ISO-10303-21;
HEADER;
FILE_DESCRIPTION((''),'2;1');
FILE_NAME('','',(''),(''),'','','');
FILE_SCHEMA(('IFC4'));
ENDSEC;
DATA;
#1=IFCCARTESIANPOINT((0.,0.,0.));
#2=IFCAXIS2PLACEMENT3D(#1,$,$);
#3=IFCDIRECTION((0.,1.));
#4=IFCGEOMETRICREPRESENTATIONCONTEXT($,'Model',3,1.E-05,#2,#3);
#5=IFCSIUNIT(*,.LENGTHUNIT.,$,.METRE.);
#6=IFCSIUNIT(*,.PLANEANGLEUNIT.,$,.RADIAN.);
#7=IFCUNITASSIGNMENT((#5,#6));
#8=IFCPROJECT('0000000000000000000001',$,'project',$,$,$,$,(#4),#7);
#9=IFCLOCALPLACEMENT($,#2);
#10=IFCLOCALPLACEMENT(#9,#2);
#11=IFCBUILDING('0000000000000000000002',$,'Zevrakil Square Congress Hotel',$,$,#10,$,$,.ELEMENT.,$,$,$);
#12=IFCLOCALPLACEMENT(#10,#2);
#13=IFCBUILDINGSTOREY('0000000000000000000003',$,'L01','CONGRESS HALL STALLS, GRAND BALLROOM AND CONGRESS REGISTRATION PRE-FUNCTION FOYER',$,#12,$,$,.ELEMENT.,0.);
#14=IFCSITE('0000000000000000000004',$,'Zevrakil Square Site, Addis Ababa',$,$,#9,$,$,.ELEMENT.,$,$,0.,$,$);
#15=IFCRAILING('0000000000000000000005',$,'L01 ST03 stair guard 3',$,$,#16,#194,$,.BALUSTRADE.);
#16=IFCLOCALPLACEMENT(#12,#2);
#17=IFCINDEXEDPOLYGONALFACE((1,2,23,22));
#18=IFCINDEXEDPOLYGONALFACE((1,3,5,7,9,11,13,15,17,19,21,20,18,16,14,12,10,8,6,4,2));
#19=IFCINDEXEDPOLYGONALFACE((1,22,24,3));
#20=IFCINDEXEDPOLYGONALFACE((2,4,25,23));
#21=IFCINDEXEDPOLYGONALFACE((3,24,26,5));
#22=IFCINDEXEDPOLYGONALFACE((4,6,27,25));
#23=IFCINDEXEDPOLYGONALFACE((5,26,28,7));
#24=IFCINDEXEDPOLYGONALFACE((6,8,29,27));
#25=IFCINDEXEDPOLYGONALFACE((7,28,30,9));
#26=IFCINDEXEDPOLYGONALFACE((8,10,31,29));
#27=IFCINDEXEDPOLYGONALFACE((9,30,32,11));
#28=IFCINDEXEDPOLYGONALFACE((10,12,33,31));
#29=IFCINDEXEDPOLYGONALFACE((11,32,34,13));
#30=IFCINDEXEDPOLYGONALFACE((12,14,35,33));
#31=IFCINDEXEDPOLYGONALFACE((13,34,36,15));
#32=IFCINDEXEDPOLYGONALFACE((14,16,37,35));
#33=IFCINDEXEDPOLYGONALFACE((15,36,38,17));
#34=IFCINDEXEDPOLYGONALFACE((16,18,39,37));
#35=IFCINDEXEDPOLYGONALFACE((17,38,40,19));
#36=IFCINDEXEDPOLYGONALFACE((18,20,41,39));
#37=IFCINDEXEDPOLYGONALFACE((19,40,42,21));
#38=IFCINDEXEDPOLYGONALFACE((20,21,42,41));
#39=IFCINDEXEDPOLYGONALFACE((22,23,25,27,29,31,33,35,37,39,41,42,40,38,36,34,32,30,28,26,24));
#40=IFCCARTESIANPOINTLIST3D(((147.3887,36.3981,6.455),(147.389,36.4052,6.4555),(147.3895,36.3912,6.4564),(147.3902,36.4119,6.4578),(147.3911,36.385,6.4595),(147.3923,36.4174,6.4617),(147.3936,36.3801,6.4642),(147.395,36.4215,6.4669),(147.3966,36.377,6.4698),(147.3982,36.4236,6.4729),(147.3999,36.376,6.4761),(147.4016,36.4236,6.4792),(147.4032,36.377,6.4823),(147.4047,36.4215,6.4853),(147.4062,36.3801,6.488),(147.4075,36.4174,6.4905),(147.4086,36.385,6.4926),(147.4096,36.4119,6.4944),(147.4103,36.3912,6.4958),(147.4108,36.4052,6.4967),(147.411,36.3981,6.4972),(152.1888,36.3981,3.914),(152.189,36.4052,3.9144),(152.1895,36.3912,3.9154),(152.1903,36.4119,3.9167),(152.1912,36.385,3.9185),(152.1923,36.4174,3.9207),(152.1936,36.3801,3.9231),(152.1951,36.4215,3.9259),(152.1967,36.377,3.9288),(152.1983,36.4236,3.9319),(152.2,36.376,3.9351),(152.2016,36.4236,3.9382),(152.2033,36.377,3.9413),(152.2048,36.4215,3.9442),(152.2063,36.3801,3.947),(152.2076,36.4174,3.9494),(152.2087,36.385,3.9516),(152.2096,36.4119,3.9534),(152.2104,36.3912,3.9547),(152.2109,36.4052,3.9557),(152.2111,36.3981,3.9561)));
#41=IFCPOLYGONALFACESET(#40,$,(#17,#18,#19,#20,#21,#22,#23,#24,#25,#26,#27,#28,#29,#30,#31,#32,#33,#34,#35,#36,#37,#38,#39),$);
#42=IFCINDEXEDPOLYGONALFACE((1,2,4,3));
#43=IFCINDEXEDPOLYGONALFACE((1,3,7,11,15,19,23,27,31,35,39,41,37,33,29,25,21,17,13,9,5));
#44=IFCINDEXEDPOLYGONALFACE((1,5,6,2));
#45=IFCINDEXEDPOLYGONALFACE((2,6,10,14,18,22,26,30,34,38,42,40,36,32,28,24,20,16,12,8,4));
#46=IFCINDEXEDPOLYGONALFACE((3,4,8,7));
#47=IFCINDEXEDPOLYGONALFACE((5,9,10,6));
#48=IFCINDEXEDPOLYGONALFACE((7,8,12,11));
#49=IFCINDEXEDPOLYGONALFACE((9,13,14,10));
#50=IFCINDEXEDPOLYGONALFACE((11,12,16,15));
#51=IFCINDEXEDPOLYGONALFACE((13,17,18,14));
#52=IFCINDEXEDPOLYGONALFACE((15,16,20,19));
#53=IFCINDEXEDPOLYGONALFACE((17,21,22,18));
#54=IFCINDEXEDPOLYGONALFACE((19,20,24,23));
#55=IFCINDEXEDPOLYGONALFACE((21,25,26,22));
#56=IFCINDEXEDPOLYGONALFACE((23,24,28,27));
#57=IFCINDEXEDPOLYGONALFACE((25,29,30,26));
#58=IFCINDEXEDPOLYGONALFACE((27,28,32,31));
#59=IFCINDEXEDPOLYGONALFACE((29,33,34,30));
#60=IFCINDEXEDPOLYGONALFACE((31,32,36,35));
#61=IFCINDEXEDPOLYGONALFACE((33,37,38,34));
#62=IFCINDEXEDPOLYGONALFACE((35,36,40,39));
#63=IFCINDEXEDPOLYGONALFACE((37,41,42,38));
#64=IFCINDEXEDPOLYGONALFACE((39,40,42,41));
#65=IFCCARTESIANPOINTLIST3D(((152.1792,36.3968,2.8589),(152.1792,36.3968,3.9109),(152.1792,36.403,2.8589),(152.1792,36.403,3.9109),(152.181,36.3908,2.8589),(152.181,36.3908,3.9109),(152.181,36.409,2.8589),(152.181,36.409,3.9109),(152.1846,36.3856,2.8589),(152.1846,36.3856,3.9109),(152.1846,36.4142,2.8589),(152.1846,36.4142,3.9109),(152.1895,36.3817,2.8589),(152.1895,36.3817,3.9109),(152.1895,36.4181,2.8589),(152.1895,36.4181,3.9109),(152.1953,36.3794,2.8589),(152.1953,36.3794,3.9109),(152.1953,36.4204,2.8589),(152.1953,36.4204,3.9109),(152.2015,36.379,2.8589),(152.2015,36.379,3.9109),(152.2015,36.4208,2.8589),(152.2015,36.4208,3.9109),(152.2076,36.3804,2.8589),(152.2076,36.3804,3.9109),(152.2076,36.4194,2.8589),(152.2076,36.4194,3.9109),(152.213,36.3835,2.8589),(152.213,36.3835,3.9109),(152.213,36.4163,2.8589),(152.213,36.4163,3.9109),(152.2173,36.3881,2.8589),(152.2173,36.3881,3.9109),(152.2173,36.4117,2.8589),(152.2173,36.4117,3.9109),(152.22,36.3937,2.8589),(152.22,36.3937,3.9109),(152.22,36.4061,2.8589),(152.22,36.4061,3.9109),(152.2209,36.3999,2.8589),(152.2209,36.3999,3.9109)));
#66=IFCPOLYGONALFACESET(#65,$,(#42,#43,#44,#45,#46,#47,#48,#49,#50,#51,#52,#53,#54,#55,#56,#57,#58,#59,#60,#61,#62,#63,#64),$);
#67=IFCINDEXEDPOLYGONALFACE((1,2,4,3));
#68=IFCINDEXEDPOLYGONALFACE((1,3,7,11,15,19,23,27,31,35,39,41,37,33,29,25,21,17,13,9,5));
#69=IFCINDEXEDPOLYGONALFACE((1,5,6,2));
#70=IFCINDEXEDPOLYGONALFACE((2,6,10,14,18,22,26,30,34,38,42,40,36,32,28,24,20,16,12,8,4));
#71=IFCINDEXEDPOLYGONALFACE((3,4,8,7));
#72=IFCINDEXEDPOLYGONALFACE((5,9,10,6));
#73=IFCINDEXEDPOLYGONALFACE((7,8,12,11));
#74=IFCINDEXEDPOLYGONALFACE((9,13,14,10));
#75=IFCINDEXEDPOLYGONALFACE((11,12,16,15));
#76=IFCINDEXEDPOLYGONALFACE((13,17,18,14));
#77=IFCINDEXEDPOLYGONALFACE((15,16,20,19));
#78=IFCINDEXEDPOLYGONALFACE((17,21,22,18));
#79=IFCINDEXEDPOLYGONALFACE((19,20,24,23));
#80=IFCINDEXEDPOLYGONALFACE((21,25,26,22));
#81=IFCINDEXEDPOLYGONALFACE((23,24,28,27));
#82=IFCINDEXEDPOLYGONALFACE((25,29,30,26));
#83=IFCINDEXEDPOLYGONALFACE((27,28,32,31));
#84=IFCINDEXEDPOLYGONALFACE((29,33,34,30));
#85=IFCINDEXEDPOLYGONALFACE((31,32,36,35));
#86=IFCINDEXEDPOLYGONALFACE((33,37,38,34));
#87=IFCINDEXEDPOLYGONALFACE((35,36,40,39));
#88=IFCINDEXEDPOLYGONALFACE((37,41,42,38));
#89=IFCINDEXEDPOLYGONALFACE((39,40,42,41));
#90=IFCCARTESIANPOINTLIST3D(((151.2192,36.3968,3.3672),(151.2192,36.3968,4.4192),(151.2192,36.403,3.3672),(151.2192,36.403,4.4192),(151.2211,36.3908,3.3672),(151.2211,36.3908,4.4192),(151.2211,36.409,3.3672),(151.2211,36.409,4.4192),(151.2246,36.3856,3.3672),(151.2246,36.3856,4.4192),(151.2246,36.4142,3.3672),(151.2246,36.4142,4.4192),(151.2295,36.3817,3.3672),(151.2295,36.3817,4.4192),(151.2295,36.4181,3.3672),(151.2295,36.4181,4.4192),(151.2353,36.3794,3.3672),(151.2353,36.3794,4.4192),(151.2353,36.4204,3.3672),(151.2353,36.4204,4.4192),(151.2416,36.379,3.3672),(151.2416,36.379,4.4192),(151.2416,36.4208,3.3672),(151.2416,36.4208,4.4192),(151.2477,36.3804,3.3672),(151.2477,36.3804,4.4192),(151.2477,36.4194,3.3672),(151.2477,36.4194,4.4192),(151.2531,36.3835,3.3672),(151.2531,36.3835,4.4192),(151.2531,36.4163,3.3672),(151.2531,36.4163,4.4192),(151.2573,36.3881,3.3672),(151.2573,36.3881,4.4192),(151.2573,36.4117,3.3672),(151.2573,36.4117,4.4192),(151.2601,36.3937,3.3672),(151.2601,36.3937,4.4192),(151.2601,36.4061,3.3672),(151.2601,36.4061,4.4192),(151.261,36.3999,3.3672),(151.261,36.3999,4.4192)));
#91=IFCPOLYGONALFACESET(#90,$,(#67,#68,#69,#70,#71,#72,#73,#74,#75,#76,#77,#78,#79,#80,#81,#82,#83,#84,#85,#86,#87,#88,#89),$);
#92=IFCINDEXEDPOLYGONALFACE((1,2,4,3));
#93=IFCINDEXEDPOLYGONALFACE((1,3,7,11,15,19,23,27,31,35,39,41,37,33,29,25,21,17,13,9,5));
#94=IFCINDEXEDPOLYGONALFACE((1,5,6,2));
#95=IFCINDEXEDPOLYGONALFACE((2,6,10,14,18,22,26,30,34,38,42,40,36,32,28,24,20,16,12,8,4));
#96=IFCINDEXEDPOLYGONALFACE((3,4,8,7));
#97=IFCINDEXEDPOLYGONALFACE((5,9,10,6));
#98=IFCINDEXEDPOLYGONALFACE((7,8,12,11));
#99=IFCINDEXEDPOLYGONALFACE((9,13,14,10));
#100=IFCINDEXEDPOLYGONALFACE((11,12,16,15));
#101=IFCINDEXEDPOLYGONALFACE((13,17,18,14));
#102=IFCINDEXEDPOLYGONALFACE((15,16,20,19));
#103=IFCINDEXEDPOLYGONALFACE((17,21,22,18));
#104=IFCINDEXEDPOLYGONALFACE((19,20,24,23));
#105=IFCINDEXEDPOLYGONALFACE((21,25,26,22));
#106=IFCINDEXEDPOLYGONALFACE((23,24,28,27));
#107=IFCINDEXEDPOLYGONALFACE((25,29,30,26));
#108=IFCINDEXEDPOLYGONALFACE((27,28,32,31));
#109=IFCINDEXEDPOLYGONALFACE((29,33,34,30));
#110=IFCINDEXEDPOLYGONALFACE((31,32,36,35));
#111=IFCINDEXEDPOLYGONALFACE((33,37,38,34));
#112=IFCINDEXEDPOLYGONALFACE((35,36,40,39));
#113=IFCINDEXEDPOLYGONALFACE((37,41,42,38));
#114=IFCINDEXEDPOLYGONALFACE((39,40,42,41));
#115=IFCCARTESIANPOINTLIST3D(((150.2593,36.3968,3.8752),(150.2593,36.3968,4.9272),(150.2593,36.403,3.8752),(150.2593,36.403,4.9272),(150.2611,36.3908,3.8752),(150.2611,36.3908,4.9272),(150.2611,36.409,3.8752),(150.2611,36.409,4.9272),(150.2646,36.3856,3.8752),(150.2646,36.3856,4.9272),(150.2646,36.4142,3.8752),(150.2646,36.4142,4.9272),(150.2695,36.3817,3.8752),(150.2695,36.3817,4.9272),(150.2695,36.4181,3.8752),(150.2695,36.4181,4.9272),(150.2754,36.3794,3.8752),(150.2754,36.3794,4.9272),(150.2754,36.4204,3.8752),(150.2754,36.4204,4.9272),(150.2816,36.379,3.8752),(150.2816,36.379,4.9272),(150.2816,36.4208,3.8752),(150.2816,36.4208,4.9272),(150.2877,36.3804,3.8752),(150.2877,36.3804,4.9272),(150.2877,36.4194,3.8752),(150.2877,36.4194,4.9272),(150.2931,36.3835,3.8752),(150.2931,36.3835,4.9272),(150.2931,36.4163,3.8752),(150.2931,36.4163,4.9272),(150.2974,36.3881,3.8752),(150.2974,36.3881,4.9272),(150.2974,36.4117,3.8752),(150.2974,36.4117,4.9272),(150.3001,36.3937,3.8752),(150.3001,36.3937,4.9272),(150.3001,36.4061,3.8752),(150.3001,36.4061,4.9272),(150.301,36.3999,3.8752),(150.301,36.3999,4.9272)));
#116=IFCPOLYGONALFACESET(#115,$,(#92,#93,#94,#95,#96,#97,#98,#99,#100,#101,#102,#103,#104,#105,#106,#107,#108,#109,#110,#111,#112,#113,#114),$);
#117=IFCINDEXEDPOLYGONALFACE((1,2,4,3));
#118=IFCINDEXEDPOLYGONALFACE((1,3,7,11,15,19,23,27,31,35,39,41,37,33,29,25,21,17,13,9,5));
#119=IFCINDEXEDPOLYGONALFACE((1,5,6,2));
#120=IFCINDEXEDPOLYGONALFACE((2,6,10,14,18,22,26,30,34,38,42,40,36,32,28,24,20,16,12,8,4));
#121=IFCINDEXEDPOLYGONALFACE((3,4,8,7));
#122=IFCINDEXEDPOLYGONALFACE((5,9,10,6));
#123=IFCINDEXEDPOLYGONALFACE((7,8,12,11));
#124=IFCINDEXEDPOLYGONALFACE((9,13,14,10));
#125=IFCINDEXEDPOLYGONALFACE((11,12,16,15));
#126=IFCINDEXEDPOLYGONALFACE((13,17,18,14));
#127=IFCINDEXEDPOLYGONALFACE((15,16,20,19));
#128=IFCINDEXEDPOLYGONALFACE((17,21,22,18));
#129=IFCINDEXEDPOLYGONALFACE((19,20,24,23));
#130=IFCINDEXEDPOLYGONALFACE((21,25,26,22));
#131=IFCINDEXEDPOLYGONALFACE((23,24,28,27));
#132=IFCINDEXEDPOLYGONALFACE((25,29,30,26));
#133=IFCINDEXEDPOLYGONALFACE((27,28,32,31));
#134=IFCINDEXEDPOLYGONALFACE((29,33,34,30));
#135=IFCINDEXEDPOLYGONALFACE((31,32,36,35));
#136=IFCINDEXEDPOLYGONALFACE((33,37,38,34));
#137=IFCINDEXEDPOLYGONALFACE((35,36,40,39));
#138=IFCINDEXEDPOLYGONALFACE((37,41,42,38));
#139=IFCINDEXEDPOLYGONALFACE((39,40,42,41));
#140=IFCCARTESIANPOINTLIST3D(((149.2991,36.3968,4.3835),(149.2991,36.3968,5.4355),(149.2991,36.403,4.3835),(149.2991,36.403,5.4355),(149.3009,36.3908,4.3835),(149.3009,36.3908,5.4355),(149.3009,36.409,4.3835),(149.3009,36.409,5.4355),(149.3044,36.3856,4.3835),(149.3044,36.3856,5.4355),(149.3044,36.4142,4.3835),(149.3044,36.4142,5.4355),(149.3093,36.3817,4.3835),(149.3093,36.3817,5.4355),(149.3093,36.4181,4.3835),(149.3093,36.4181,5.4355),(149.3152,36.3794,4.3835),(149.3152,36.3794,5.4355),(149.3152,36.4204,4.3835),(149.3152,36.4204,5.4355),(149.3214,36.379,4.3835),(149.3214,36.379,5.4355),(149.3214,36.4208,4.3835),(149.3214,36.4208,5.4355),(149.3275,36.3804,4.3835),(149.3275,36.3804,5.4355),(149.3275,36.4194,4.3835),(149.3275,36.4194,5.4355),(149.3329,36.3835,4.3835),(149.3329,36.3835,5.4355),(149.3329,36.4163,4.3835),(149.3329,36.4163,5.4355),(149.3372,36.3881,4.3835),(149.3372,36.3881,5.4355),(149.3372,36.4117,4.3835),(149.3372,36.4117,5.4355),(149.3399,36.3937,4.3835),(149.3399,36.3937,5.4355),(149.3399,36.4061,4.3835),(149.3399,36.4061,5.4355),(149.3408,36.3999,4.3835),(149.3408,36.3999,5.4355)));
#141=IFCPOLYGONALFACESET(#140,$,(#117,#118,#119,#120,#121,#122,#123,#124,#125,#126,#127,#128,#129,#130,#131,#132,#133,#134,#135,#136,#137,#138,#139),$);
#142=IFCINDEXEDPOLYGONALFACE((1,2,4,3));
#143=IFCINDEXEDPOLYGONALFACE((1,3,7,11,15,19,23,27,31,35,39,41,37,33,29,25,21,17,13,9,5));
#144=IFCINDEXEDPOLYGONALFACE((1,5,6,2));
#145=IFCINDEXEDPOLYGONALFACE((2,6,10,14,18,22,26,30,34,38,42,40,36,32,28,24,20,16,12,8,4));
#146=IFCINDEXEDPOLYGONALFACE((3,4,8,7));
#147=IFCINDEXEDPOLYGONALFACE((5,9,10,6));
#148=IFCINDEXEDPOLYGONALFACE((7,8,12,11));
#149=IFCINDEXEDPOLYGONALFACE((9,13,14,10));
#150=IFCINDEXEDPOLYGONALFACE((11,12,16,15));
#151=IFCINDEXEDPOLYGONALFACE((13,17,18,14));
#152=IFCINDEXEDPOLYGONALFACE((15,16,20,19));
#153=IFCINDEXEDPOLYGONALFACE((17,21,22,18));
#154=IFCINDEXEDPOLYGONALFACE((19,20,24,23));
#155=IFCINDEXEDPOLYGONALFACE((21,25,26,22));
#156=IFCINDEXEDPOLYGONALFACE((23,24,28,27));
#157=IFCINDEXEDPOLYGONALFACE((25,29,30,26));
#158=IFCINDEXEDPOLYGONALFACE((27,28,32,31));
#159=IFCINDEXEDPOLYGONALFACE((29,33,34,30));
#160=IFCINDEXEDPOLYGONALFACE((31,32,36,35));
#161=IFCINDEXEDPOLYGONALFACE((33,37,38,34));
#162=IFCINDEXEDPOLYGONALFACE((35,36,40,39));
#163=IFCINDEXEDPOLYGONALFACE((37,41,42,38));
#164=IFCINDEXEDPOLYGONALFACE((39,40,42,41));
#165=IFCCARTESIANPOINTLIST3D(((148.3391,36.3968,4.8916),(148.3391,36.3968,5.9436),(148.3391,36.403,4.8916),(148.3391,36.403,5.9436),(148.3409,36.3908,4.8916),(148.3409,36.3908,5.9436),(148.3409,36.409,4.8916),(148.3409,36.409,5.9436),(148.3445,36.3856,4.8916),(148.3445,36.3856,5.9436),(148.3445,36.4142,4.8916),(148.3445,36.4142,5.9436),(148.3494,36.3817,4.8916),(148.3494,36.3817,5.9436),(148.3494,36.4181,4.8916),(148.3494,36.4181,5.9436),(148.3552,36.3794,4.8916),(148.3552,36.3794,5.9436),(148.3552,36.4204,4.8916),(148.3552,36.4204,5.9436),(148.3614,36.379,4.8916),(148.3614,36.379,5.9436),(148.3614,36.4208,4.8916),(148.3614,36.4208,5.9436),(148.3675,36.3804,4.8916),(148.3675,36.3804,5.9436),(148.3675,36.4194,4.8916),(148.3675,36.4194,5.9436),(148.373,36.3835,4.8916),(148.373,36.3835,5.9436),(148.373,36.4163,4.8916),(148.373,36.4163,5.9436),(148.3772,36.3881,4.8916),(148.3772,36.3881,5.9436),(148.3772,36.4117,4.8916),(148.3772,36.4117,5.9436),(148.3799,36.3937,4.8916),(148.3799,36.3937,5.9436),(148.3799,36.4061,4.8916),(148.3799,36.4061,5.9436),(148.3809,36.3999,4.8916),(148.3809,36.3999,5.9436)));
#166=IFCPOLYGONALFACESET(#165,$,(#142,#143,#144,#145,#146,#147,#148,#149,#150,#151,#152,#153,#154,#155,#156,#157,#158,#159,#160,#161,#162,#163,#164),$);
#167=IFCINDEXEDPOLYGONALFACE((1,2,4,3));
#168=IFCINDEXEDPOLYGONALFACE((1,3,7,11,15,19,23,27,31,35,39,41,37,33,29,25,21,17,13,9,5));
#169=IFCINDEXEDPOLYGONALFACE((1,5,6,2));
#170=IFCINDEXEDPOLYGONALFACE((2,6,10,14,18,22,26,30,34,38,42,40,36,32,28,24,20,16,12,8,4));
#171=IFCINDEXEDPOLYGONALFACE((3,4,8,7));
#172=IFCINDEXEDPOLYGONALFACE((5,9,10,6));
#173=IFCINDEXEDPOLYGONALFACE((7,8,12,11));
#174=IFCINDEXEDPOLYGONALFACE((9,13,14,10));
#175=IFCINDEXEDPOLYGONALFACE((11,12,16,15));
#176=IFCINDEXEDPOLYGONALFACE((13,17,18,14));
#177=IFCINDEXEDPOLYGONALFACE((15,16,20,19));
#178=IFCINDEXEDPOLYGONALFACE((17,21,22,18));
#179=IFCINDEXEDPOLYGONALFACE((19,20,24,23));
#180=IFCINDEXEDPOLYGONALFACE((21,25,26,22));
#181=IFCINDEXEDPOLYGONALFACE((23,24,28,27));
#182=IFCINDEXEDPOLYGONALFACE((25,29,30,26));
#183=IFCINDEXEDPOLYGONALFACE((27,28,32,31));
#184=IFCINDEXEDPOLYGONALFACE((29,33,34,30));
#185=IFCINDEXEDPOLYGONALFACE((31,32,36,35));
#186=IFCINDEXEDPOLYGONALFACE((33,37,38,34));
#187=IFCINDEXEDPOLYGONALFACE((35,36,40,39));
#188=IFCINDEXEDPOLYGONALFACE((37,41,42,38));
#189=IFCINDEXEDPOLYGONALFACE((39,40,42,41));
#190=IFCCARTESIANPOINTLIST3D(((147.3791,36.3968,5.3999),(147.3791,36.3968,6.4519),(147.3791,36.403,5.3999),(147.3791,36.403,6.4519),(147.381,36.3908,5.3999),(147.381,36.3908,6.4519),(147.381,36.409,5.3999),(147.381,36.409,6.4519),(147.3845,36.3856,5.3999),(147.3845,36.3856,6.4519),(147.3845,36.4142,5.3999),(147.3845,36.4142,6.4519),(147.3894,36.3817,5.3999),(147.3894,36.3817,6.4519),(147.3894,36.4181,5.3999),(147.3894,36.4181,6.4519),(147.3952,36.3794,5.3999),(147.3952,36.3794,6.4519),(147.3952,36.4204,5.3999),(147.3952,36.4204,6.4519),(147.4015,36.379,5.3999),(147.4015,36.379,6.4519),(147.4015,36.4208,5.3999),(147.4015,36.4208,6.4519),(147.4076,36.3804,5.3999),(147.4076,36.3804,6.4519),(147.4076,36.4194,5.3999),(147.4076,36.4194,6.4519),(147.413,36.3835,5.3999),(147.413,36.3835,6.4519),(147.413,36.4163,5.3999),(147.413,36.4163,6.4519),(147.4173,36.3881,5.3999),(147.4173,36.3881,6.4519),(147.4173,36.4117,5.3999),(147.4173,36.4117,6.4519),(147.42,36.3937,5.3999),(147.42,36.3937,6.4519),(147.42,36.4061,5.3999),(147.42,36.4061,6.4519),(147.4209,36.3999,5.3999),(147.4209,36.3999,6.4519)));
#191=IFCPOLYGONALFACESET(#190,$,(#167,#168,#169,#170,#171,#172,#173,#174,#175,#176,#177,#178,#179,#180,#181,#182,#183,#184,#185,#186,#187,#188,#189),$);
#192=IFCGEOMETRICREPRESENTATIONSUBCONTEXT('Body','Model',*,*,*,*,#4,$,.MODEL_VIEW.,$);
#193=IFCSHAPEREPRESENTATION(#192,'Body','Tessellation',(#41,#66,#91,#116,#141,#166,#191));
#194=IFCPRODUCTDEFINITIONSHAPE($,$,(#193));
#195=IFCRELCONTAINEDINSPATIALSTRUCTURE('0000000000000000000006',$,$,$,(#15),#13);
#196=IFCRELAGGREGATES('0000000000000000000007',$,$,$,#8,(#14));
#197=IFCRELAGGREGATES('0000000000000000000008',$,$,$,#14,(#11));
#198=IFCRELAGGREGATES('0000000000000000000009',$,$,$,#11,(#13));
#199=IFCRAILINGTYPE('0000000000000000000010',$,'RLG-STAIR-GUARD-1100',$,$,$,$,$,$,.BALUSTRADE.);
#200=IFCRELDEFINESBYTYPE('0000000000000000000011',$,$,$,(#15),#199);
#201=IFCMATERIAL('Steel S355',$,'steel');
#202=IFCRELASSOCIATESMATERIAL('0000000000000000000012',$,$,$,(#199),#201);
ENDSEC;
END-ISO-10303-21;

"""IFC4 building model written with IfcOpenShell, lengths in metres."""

from ifc_helpers import new_model, si_unit, direction, frame, origin, origin_2d, place, context, subcontext, project, spatial, circle, extrude, material, type_object, element, save


model = new_model("IFC4")

# Units and contexts
model_context = context("Model", 3, precision=1e-05, world=origin(), true_north=direction((0.0, 1.0)))
body_context = subcontext(model_context, "Body", "Model", "MODEL_VIEW")
ifc_project = project(units=[si_unit("LENGTHUNIT", "METRE"), si_unit("PLANEANGLEUNIT", "RADIAN")], contexts=[model_context])

# Site, building, storey
site_placement = place(None, origin())
site = spatial("IfcSite", under=ifc_project, at=site_placement, Name="Zevrakil Square Site, Addis Ababa", CompositionType="ELEMENT", RefElevation=0.0)
building_placement = place(site_placement, origin())
building = spatial("IfcBuilding", under=site, at=building_placement, Name="Zevrakil Square Congress Hotel", CompositionType="ELEMENT")
storey_placement = place(building_placement, origin())
storey = spatial("IfcBuildingStorey", under=building, at=storey_placement, Name="L01", Description="CONGRESS HALL STALLS, GRAND BALLROOM AND CONGRESS REGISTRATION PRE-FUNCTION FOYER", CompositionType="ELEMENT", Elevation=0.0)

# Railing
ifc_material_1 = material(Name="Steel S355", Category="steel")
railing_type_1 = type_object("IfcRailingType", Name="RLG-STAIR-GUARD-1100", PredefinedType="BALUSTRADE", material=ifc_material_1)
railing_1_placement = place(storey_placement, frame((152.2, 36.3999, 2.8589)))
element("IfcRailing", 1, at=railing_1_placement, inside=storey, type_object=railing_type_1, Name="L01 ST03 stair guard 3", PredefinedType="BALUSTRADE", context=body_context, shape_type="SweptSolid", body=[
    extrude(circle(Radius=0.0239, at=origin_2d()), frame((0.0, 0.0, 1.0762), z_axis=(-0.883802, 0.0, 0.467861), x_axis=(0.0, -1.0, 0.0)), (0.0, 0.0, 1.0), 5.4312),
    extrude(circle(Radius=0.021, at=origin_2d()), origin(), (0.0, 0.0, 1.0), 1.052),
    extrude(circle(Radius=0.021, at=origin_2d()), frame((-0.96, 0.0, 0.5083)), (0.0, 0.0, 1.0), 1.052),
    extrude(circle(Radius=0.021, at=origin_2d()), frame((-1.9199, 0.0, 1.0164)), (0.0, 0.0, 1.0), 1.052),
    extrude(circle(Radius=0.021, at=origin_2d()), frame((-2.8801, 0.0, 1.5247)), (0.0, 0.0, 1.0), 1.052),
    extrude(circle(Radius=0.021, at=origin_2d()), frame((-3.8401, 0.0, 2.0327)), (0.0, 0.0, 1.0), 1.052),
    extrude(circle(Radius=0.021, at=origin_2d()), frame((-4.8, 0.0, 2.541)), (0.0, 0.0, 1.0), 1.052),
])

save(model, "model.ifc")
